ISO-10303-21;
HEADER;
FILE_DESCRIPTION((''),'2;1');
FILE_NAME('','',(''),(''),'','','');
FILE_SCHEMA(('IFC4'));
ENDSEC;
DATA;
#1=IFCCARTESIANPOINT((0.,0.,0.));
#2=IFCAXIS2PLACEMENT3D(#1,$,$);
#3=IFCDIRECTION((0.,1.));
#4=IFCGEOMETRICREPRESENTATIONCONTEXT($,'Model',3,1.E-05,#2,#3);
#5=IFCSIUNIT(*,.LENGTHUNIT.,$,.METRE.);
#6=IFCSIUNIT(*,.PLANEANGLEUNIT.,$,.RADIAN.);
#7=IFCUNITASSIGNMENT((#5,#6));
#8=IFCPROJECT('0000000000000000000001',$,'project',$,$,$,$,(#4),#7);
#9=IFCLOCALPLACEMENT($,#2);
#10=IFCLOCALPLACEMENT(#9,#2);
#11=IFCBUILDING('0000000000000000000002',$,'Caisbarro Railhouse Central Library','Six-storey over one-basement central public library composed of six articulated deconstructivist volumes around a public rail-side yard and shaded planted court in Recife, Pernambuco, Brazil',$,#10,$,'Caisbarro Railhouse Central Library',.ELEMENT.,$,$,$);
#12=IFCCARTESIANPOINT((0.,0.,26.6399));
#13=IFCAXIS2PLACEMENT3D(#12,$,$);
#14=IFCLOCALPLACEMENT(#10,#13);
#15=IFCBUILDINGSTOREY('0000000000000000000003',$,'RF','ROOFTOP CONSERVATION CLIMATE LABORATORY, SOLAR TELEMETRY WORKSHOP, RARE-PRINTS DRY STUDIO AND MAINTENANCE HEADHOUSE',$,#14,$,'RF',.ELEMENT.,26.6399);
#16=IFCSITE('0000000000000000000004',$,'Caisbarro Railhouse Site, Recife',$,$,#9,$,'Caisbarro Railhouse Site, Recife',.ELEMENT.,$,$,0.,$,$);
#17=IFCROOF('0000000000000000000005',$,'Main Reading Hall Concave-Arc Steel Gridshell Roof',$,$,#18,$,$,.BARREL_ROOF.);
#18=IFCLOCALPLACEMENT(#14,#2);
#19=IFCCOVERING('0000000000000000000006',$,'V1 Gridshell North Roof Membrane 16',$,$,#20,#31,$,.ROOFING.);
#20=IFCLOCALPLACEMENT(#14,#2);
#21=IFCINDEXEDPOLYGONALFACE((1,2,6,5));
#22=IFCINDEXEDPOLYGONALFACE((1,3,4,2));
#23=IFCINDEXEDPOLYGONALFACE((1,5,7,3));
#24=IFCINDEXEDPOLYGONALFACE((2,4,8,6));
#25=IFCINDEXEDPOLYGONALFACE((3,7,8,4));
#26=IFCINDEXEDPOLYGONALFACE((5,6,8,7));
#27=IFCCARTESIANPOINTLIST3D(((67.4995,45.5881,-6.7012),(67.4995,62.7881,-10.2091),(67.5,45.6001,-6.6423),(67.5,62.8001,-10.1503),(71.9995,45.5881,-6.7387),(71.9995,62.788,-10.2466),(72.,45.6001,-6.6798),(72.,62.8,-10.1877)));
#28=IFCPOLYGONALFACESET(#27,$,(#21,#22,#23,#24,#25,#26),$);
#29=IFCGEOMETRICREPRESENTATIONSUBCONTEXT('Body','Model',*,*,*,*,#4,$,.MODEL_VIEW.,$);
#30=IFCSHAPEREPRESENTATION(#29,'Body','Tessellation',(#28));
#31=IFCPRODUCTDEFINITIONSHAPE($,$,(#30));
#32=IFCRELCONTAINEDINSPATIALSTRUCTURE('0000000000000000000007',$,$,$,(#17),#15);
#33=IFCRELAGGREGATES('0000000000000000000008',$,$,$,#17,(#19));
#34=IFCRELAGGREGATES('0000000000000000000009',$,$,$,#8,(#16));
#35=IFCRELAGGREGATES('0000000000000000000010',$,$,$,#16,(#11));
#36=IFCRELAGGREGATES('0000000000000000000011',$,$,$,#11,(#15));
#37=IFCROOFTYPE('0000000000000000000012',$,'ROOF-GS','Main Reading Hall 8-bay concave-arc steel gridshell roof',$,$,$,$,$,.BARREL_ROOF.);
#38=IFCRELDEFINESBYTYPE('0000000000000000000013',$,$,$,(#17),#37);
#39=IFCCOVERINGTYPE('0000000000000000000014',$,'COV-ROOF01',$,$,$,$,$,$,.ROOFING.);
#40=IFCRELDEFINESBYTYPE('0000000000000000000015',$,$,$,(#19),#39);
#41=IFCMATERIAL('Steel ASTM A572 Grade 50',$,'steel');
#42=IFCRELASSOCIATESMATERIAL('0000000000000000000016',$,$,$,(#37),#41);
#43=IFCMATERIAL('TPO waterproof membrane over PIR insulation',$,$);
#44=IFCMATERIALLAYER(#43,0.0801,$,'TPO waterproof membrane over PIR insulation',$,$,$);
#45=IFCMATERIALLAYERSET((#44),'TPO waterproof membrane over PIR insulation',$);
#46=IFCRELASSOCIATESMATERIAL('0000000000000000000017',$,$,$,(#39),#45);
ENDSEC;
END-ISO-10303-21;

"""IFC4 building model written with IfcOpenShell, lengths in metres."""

from ifc_helpers import new_model, si_unit, direction, frame, origin, place, context, subcontext, project, spatial, polyline, outline, extrude, material, layer, layer_set, type_object, element, aggregate, save


model = new_model("IFC4")

# Units and contexts
model_context = context("Model", 3, precision=1e-05, world=origin(), true_north=direction((0.0, 1.0)))
body_context = subcontext(model_context, "Body", "Model", "MODEL_VIEW")
ifc_project = project(units=[si_unit("LENGTHUNIT", "METRE"), si_unit("PLANEANGLEUNIT", "RADIAN")], contexts=[model_context])

# Site, building, storey
site_placement = place(None, origin())
site = spatial("IfcSite", under=ifc_project, at=site_placement, Name="Caisbarro Railhouse Site, Recife", LongName="Caisbarro Railhouse Site, Recife", CompositionType="ELEMENT", RefElevation=0.0)
building_placement = place(site_placement, origin())
building = spatial("IfcBuilding", under=site, at=building_placement, Name="Caisbarro Railhouse Central Library", Description="Six-storey over one-basement central public library composed of six articulated deconstructivist volumes around a public rail-side yard and shaded planted court in Recife, Pernambuco, Brazil", LongName="Caisbarro Railhouse Central Library", CompositionType="ELEMENT")
storey_placement = place(building_placement, frame((0.0, 0.0, 26.6399)))
storey = spatial("IfcBuildingStorey", under=building, at=storey_placement, Name="RF", Description="ROOFTOP CONSERVATION CLIMATE LABORATORY, SOLAR TELEMETRY WORKSHOP, RARE-PRINTS DRY STUDIO AND MAINTENANCE HEADHOUSE", LongName="RF", CompositionType="ELEMENT", Elevation=26.6399)

# Shared definitions
ifc_material_1 = material(Name="Steel ASTM A572 Grade 50", Category="steel")

# Roof, covering
roof_type = type_object("IfcRoofType", Name="ROOF-GS", Description="Main Reading Hall 8-bay concave-arc steel gridshell roof", PredefinedType="BARREL_ROOF", material=ifc_material_1)
roof_placement = place(storey_placement, origin())
roof = element("IfcRoof", 1, at=roof_placement, inside=storey, type_object=roof_type, Name="Main Reading Hall Concave-Arc Steel Gridshell Roof", PredefinedType="BARREL_ROOF")
ifc_material_2 = material(Name="TPO waterproof membrane over PIR insulation")
ifc_layer_1 = layer(ifc_material_2, 0.0801, Name="TPO waterproof membrane over PIR insulation")
ifc_layer_set_1 = layer_set([ifc_layer_1], Name="TPO waterproof membrane over PIR insulation")
covering_type = type_object("IfcCoveringType", Name="COV-ROOF01", PredefinedType="ROOFING", material=ifc_layer_set_1)
covering_placement = place(storey_placement, frame((67.5, 45.6001, -6.6423), z_axis=(0.00816, 0.19983, 0.979797), x_axis=(0.999965, 0.000005, -0.008329)))
covering = element("IfcCovering", 2, at=covering_placement, type_object=covering_type, Name="V1 Gridshell North Roof Membrane 16", PredefinedType="ROOFING", context=body_context, shape_type="SweptSolid", body=[
    extrude(outline(polyline([(0.0, 0.0), (4.5002, 0.0), (4.5295, 17.554), (0.0293, 17.554), (0.0, 0.0)])), origin(), (0.0, 0.0, -1.0), 0.0601),
])
aggregate(roof, [covering])

save(model, "model.ifc")
